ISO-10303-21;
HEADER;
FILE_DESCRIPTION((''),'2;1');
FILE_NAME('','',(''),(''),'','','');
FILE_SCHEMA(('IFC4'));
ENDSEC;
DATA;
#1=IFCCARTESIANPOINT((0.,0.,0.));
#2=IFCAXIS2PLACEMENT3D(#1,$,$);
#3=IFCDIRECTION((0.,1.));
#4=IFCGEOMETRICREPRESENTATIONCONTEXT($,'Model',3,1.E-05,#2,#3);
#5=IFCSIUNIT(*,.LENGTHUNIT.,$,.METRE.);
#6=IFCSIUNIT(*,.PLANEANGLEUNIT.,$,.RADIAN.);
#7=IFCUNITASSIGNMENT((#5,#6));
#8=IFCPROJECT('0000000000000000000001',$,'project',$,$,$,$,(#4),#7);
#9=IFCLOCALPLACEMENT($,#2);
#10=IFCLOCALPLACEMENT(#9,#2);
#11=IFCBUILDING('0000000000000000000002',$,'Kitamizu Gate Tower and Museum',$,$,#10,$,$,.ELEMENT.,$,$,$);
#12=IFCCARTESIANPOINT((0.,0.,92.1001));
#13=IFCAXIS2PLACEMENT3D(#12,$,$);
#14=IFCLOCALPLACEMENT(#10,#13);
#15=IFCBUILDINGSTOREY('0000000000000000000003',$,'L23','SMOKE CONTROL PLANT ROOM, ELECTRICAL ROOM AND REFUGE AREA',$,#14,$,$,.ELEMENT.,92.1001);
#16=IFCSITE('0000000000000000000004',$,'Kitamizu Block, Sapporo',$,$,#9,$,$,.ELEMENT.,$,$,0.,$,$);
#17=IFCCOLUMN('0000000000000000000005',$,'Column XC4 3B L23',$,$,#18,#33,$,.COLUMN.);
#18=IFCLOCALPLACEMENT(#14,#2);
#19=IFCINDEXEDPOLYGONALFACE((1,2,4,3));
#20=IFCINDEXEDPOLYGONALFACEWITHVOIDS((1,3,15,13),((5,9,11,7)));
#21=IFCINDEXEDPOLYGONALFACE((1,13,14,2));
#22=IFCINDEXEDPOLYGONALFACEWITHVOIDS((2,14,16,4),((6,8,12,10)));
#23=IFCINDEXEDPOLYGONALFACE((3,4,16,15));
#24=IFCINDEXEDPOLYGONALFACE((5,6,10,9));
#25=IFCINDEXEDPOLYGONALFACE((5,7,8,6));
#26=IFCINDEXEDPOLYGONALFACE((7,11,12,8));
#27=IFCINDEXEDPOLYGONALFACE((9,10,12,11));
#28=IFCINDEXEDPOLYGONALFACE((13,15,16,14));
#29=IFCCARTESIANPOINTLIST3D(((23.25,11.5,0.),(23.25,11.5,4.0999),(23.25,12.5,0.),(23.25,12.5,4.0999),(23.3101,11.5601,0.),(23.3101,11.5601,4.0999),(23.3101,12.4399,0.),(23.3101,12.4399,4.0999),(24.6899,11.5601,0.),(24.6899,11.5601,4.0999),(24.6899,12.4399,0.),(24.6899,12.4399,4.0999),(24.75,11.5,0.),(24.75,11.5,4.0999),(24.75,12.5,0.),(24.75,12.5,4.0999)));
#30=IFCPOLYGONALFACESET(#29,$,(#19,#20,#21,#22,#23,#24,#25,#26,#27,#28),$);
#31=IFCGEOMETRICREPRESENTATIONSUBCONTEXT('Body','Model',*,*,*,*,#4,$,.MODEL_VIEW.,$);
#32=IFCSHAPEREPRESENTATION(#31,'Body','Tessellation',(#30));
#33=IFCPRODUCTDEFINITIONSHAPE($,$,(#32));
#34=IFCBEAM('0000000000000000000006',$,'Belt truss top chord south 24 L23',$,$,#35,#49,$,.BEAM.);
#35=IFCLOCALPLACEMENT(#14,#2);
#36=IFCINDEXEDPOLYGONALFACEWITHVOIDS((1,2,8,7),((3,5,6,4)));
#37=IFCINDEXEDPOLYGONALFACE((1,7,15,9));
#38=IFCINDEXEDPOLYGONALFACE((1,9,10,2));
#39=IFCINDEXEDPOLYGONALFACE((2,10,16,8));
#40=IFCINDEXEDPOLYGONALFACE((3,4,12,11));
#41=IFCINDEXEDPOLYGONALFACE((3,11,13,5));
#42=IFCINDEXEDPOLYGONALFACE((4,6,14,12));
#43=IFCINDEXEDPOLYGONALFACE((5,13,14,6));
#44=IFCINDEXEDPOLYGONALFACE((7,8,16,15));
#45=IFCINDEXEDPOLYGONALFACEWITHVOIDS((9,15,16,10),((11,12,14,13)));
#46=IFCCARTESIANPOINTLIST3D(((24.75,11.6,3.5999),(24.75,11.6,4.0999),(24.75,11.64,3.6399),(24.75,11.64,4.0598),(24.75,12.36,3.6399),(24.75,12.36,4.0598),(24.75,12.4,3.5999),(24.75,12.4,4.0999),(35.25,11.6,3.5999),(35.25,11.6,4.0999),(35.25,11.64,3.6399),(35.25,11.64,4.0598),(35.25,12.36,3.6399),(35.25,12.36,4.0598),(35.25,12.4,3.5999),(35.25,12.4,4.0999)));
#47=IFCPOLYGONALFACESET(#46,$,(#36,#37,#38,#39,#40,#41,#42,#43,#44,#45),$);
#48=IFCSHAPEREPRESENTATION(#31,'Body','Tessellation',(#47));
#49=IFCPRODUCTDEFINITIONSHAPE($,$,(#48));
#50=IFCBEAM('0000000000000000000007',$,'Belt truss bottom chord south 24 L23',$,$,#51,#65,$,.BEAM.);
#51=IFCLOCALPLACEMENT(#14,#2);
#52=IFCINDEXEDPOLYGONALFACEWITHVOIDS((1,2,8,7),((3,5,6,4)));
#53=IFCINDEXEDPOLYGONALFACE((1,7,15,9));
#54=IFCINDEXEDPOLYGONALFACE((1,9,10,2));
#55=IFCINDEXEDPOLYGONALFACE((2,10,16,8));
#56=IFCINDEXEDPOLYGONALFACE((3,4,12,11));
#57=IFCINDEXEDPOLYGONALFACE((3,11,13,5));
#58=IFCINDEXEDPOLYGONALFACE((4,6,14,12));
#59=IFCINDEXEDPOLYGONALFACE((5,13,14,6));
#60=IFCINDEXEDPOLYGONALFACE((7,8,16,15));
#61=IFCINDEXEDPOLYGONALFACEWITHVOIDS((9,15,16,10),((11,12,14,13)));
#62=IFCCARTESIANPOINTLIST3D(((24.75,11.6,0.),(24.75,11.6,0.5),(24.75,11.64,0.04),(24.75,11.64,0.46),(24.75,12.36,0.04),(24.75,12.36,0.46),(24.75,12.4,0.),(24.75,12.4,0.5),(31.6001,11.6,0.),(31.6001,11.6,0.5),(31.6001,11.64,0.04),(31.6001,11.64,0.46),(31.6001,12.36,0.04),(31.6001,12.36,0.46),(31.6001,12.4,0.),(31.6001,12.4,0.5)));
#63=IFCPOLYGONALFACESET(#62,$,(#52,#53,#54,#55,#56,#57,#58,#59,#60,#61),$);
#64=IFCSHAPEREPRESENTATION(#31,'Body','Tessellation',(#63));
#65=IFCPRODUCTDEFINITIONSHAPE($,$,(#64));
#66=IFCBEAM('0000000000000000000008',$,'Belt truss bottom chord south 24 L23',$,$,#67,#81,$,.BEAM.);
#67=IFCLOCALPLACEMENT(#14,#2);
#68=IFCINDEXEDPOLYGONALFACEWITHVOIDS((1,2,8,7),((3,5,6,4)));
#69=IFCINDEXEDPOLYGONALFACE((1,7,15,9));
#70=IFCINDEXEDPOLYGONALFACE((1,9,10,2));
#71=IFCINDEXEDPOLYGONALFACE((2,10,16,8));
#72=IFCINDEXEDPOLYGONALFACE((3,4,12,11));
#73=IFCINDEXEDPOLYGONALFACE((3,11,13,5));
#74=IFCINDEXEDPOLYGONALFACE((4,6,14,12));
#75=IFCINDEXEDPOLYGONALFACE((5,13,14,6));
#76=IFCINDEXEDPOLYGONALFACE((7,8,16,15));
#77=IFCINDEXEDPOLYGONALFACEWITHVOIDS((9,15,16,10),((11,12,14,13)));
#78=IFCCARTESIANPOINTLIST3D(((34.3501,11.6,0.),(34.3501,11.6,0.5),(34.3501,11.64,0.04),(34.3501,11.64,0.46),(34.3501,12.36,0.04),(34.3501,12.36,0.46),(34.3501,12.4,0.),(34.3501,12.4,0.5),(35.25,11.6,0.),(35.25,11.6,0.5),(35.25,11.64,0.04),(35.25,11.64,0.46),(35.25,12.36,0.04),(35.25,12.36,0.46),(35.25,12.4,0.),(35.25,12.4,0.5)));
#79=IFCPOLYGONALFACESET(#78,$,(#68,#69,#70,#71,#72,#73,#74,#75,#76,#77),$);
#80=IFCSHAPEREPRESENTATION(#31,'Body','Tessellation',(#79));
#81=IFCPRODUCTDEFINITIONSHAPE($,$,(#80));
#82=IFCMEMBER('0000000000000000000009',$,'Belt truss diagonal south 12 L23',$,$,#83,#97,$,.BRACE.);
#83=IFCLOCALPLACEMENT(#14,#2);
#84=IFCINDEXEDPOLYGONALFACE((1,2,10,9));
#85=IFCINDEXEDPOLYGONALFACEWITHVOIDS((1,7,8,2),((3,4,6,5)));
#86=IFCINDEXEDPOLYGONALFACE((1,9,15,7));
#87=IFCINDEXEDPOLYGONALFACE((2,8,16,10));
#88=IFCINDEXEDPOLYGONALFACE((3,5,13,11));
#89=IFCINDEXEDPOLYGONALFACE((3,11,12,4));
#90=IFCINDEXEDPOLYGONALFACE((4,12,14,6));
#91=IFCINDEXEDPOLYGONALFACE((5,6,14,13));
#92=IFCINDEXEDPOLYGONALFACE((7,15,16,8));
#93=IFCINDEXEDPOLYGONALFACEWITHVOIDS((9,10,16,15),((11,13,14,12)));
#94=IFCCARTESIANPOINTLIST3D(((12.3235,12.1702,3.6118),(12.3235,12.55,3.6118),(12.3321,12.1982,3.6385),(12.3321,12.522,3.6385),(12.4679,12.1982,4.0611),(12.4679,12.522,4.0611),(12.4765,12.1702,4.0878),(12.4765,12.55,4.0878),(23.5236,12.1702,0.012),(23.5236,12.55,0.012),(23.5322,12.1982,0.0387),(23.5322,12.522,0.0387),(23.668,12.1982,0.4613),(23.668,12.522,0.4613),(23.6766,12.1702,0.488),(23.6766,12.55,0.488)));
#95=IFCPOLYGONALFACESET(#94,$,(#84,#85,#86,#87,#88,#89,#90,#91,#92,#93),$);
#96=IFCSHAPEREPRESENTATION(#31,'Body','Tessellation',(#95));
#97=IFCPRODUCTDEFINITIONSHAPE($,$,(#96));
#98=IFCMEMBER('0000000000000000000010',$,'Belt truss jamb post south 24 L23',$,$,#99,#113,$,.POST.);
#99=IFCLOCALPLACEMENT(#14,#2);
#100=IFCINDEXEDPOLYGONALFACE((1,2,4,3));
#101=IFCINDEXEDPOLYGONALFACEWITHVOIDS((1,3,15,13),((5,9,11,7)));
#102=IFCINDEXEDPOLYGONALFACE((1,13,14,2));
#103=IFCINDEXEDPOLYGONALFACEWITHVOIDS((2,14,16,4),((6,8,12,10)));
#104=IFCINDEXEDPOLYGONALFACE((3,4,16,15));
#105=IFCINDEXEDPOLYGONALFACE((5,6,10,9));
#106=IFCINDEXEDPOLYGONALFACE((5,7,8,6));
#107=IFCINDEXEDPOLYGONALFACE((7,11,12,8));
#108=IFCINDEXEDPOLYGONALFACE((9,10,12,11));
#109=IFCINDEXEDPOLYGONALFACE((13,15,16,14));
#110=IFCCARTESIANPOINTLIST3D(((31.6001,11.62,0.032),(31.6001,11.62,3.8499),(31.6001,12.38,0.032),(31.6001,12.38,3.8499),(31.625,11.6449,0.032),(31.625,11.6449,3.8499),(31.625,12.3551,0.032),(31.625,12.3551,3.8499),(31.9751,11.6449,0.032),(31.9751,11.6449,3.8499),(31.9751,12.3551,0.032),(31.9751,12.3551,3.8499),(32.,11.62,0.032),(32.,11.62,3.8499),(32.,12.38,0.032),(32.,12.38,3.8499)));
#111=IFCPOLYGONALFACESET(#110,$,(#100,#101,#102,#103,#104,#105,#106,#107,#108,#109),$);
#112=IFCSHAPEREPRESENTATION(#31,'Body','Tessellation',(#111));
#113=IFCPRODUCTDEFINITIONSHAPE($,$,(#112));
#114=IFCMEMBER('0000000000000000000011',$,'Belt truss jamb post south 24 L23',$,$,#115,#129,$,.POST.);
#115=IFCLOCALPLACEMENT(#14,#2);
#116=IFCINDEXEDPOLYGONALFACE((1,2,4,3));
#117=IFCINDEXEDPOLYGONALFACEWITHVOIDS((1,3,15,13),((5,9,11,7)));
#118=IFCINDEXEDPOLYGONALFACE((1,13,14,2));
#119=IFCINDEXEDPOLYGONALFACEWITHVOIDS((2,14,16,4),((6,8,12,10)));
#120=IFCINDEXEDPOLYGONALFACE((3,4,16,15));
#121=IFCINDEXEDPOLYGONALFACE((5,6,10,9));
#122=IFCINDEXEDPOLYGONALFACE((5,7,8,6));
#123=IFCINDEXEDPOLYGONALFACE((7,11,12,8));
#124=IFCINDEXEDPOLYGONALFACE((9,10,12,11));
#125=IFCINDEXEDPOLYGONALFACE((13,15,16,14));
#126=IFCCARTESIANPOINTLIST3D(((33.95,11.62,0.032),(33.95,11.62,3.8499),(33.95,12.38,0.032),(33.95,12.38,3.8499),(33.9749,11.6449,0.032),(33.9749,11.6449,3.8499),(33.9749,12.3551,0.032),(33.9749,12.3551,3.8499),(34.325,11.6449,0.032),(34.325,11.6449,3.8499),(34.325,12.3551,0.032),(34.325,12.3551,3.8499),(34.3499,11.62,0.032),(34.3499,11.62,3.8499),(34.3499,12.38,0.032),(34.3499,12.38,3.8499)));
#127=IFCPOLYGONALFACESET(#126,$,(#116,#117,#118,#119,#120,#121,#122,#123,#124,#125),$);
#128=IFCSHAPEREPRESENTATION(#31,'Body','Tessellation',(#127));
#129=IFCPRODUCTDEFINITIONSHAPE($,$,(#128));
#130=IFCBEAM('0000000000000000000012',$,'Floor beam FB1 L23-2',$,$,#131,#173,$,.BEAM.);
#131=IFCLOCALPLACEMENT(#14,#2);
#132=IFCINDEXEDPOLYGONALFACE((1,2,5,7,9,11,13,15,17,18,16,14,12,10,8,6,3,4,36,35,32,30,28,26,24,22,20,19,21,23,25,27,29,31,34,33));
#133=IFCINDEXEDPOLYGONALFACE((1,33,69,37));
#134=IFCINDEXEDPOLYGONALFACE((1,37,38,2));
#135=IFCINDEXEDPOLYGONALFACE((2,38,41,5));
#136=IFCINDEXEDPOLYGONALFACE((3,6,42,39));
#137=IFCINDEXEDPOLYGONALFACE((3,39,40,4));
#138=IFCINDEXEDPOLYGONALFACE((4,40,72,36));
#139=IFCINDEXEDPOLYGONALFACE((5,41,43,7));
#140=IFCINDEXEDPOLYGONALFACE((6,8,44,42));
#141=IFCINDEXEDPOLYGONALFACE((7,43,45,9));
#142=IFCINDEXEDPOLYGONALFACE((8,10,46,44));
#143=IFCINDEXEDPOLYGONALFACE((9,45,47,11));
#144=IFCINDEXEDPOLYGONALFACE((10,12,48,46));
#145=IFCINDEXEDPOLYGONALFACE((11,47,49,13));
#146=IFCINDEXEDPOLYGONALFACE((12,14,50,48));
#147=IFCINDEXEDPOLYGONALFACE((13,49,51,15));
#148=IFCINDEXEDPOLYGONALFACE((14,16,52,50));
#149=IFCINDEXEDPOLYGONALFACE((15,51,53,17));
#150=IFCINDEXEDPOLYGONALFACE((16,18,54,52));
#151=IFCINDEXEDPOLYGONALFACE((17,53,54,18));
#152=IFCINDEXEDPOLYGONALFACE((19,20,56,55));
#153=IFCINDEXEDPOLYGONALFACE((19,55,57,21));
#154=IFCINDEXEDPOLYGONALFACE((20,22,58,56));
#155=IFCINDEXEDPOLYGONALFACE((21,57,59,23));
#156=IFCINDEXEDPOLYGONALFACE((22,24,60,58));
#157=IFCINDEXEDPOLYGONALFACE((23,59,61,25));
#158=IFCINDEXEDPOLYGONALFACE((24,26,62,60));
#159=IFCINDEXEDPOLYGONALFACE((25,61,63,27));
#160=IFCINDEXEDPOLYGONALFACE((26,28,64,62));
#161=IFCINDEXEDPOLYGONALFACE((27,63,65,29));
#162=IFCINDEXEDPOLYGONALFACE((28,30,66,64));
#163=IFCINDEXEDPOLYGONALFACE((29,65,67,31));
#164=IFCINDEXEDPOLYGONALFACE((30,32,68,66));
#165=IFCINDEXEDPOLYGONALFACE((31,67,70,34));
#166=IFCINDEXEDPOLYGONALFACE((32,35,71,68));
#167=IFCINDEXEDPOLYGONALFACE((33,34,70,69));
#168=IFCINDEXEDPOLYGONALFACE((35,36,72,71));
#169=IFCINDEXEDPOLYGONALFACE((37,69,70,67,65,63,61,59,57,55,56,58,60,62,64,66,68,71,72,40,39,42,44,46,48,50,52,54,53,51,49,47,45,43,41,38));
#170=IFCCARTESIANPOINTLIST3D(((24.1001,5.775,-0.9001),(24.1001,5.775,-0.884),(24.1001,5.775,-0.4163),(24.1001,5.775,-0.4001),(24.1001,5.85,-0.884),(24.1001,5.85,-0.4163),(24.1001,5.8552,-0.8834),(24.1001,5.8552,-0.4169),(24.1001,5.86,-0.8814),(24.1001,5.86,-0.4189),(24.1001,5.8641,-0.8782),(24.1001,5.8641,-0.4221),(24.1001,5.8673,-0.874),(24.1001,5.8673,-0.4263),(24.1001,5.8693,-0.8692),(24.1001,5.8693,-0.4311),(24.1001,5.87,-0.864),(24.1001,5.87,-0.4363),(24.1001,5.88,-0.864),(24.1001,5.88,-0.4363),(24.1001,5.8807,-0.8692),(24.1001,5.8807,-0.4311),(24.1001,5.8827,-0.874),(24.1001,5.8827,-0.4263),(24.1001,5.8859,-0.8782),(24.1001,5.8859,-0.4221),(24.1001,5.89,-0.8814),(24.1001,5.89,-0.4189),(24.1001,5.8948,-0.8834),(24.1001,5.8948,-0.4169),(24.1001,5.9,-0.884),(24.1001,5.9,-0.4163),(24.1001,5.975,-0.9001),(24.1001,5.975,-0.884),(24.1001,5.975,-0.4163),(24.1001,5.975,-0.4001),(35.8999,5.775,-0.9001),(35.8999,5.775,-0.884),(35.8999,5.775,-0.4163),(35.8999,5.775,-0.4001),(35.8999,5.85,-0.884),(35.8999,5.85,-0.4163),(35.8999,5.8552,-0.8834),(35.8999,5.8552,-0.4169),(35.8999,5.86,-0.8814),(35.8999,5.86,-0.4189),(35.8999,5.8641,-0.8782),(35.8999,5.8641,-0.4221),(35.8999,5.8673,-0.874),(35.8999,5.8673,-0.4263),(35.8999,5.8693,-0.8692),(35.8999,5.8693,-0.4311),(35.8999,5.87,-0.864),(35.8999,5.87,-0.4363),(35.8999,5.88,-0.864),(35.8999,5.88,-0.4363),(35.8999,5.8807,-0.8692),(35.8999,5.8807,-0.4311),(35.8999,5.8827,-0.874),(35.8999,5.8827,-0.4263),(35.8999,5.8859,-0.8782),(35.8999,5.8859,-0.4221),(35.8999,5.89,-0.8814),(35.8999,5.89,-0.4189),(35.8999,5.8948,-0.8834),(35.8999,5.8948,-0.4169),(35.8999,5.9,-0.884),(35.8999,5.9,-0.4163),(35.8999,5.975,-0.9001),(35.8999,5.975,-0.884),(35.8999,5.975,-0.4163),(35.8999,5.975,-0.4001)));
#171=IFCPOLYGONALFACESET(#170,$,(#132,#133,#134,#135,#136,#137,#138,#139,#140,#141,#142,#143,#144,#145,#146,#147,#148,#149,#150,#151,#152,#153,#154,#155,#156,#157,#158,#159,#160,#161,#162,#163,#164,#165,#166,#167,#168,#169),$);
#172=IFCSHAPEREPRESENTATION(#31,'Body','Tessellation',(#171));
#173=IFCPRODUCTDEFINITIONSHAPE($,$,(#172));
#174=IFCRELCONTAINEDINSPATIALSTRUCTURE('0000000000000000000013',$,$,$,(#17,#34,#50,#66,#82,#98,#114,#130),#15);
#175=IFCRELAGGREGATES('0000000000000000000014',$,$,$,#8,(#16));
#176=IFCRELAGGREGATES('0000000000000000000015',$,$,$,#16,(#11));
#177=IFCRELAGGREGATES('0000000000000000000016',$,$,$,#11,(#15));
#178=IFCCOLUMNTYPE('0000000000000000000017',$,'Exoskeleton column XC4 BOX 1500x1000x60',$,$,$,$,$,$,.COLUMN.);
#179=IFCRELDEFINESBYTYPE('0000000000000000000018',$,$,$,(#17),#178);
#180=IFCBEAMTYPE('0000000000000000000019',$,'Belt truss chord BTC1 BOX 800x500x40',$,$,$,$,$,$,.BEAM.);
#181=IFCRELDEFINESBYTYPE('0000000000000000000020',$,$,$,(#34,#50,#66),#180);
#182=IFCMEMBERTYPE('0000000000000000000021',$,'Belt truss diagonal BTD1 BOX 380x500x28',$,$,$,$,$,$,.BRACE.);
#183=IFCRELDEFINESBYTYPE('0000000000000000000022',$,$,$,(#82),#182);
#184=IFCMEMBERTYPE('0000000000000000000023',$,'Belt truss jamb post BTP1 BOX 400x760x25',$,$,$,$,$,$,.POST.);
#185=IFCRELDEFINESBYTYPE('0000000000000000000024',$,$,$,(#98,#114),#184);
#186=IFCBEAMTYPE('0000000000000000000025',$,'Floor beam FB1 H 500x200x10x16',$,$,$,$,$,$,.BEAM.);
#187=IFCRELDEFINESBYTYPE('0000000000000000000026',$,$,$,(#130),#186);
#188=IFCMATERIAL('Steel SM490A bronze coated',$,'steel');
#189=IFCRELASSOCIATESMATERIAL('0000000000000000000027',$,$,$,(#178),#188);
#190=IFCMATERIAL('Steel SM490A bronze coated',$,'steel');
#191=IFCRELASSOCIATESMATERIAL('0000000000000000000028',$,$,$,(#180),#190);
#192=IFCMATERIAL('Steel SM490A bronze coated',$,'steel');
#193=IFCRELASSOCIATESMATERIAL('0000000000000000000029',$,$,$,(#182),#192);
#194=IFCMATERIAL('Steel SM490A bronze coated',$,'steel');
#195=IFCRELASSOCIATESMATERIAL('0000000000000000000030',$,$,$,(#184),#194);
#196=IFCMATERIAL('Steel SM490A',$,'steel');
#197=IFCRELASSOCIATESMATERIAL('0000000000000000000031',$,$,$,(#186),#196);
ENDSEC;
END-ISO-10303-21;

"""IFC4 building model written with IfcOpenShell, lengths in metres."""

from ifc_helpers import new_model, si_unit, direction, frame, origin, origin_2d, place, context, subcontext, project, spatial, hollow_rectangle, i_section, extrude, material, material_profile, profile_set, type_object, element, save


model = new_model("IFC4")

# Units and contexts
model_context = context("Model", 3, precision=1e-05, world=origin(), true_north=direction((0.0, 1.0)))
body_context = subcontext(model_context, "Body", "Model", "MODEL_VIEW")
ifc_project = project(units=[si_unit("LENGTHUNIT", "METRE"), si_unit("PLANEANGLEUNIT", "RADIAN")], contexts=[model_context])

# Site, building, storey
site_placement = place(None, origin())
site = spatial("IfcSite", under=ifc_project, at=site_placement, Name="Kitamizu Block, Sapporo", CompositionType="ELEMENT", RefElevation=0.0)
building_placement = place(site_placement, origin())
building = spatial("IfcBuilding", under=site, at=building_placement, Name="Kitamizu Gate Tower and Museum", CompositionType="ELEMENT")
storey_placement = place(building_placement, frame((0.0, 0.0, 92.1001)))
storey = spatial("IfcBuildingStorey", under=building, at=storey_placement, Name="L23", Description="SMOKE CONTROL PLANT ROOM, ELECTRICAL ROOM AND REFUGE AREA", CompositionType="ELEMENT", Elevation=92.1001)

# Column
ifc_material_1 = material(Name="Steel SM490A bronze coated", Category="steel")
ifc_material_profile_1 = material_profile(ifc_material_1, hollow_rectangle(XDim=1.5, YDim=1.0, WallThickness=0.0601, at=origin_2d()), Name="BOX 1500x1000x60")
ifc_profile_set_1 = profile_set([ifc_material_profile_1], Name="Steel SM490A bronze coated")
column_type = type_object("IfcColumnType", Name="Exoskeleton column XC4 BOX 1500x1000x60", PredefinedType="COLUMN", material=ifc_profile_set_1)
column_placement = place(storey_placement, frame((24.0, 12.0, 0.0), z_axis=(0.0, 0.0, 1.0), x_axis=(1.0, 0.0, 0.0)))
element("IfcColumn", 1, at=column_placement, inside=storey, type_object=column_type, Name="Column XC4 3B L23", PredefinedType="COLUMN", context=body_context, shape_type="SweptSolid", body=[
    extrude(hollow_rectangle(XDim=1.5, YDim=1.0, WallThickness=0.0601, at=origin_2d()), origin(), (0.0, 0.0, 1.0), 4.0999),
])

# Beams
ifc_material_2 = material(Name="Steel SM490A bronze coated", Category="steel")
ifc_material_profile_2 = material_profile(ifc_material_2, hollow_rectangle(XDim=0.8, YDim=0.5, WallThickness=0.04, at=origin_2d()), Name="BOX 800x500x40")
ifc_profile_set_2 = profile_set([ifc_material_profile_2], Name="Steel SM490A bronze coated")
beam_type_1 = type_object("IfcBeamType", Name="Belt truss chord BTC1 BOX 800x500x40", PredefinedType="BEAM", material=ifc_profile_set_2)
beam_1_placement = place(storey_placement, frame((24.75, 12.0, 3.8499), z_axis=(1.0, 0.0, 0.0), x_axis=(0.0, 1.0, 0.0)))
element("IfcBeam", 2, at=beam_1_placement, inside=storey, type_object=beam_type_1, Name="Belt truss top chord south 24 L23", PredefinedType="BEAM", context=body_context, shape_type="SweptSolid", body=[
    extrude(hollow_rectangle(XDim=0.8, YDim=0.5, WallThickness=0.04, at=origin_2d()), origin(), (0.0, 0.0, 1.0), 10.5),
])
beam_2_placement = place(storey_placement, frame((24.75, 12.0, 0.25), z_axis=(1.0, 0.0, 0.0), x_axis=(0.0, 1.0, 0.0)))
element("IfcBeam", 3, at=beam_2_placement, inside=storey, type_object=beam_type_1, Name="Belt truss bottom chord south 24 L23", PredefinedType="BEAM", context=body_context, shape_type="SweptSolid", body=[
    extrude(hollow_rectangle(XDim=0.8, YDim=0.5, WallThickness=0.04, at=origin_2d()), origin(), (0.0, 0.0, 1.0), 6.8501),
])
beam_3_placement = place(storey_placement, frame((34.3501, 12.0, 0.25), z_axis=(1.0, 0.0, 0.0), x_axis=(0.0, 1.0, 0.0)))
element("IfcBeam", 4, at=beam_3_placement, inside=storey, type_object=beam_type_1, Name="Belt truss bottom chord south 24 L23", PredefinedType="BEAM", context=body_context, shape_type="SweptSolid", body=[
    extrude(hollow_rectangle(XDim=0.8, YDim=0.5, WallThickness=0.04, at=origin_2d()), origin(), (0.0, 0.0, 1.0), 0.8999),
])

# Members
ifc_material_3 = material(Name="Steel SM490A bronze coated", Category="steel")
ifc_material_profile_3 = material_profile(ifc_material_3, hollow_rectangle(XDim=0.3799, YDim=0.5, WallThickness=0.0281, at=origin_2d()), Name="BOX 380x500x28")
ifc_profile_set_3 = profile_set([ifc_material_profile_3], Name="Steel SM490A bronze coated")
member_type_1 = type_object("IfcMemberType", Name="Belt truss diagonal BTD1 BOX 380x500x28", PredefinedType="BRACE", material=ifc_profile_set_3)
member_placement = place(storey_placement, frame((23.6001, 12.3601, 0.25), z_axis=(-0.952034, 0.0, 0.305993), x_axis=(0.0, -1.0, 0.0)))
element("IfcMember", 5, at=member_placement, inside=storey, type_object=member_type_1, Name="Belt truss diagonal south 12 L23", PredefinedType="BRACE", context=body_context, shape_type="SweptSolid", body=[
    extrude(hollow_rectangle(XDim=0.3799, YDim=0.5, WallThickness=0.0281, at=origin_2d()), origin(), (0.0, 0.0, 1.0), 11.7644),
])
ifc_material_4 = material(Name="Steel SM490A bronze coated", Category="steel")
ifc_material_profile_4 = material_profile(ifc_material_4, hollow_rectangle(XDim=0.3999, YDim=0.76, WallThickness=0.0249, at=origin_2d()), Name="BOX 400x760x25")
ifc_profile_set_4 = profile_set([ifc_material_profile_4], Name="Steel SM490A bronze coated")
member_type_2 = type_object("IfcMemberType", Name="Belt truss jamb post BTP1 BOX 400x760x25", PredefinedType="POST", material=ifc_profile_set_4)
for number, where, z_axis, x_axis, name in (
    (6, (31.8, 12.0, 0.032), (0.0, 0.0, 1.0), (1.0, 0.0, 0.0), "Belt truss jamb post south 24 L23"),
    (7, (34.1499, 12.0, 0.032), (0.0, 0.0, 1.0), (1.0, 0.0, 0.0), "Belt truss jamb post south 24 L23"),
):
    element("IfcMember", number, at=place(storey_placement, frame(where, z_axis=z_axis, x_axis=x_axis)), inside=storey, type_object=member_type_2, Name=name, PredefinedType="POST", context=body_context, shape_type="SweptSolid", body=[
        extrude(hollow_rectangle(XDim=0.3999, YDim=0.76, WallThickness=0.0249, at=origin_2d()), origin(), (0.0, 0.0, 1.0), 3.8179),
    ])

# Beam
ifc_material_5 = material(Name="Steel SM490A", Category="steel")
ifc_material_profile_5 = material_profile(ifc_material_5, i_section(OverallWidth=0.2, OverallDepth=0.5, WebThickness=0.01, FlangeThickness=0.0161, FilletRadius=0.02, at=origin_2d()), Name="H-500x200x10x16")
ifc_profile_set_5 = profile_set([ifc_material_profile_5], Name="Steel SM490A")
beam_type_2 = type_object("IfcBeamType", Name="Floor beam FB1 H 500x200x10x16", PredefinedType="BEAM", material=ifc_profile_set_5)
for number, where, z_axis, x_axis, name in (
    (8, (24.1001, 5.875, -0.6501), (1.0, 0.0, 0.0), (0.0, 1.0, 0.0), "Floor beam FB1 L23-2"),
):
    element("IfcBeam", number, at=place(storey_placement, frame(where, z_axis=z_axis, x_axis=x_axis)), inside=storey, type_object=beam_type_2, Name=name, PredefinedType="BEAM", context=body_context, shape_type="SweptSolid", body=[
        extrude(i_section(OverallWidth=0.2, OverallDepth=0.5, WebThickness=0.01, FlangeThickness=0.0161, FilletRadius=0.02, at=origin_2d()), origin(), (0.0, 0.0, 1.0), 11.7998),
    ])

save(model, "model.ifc")
